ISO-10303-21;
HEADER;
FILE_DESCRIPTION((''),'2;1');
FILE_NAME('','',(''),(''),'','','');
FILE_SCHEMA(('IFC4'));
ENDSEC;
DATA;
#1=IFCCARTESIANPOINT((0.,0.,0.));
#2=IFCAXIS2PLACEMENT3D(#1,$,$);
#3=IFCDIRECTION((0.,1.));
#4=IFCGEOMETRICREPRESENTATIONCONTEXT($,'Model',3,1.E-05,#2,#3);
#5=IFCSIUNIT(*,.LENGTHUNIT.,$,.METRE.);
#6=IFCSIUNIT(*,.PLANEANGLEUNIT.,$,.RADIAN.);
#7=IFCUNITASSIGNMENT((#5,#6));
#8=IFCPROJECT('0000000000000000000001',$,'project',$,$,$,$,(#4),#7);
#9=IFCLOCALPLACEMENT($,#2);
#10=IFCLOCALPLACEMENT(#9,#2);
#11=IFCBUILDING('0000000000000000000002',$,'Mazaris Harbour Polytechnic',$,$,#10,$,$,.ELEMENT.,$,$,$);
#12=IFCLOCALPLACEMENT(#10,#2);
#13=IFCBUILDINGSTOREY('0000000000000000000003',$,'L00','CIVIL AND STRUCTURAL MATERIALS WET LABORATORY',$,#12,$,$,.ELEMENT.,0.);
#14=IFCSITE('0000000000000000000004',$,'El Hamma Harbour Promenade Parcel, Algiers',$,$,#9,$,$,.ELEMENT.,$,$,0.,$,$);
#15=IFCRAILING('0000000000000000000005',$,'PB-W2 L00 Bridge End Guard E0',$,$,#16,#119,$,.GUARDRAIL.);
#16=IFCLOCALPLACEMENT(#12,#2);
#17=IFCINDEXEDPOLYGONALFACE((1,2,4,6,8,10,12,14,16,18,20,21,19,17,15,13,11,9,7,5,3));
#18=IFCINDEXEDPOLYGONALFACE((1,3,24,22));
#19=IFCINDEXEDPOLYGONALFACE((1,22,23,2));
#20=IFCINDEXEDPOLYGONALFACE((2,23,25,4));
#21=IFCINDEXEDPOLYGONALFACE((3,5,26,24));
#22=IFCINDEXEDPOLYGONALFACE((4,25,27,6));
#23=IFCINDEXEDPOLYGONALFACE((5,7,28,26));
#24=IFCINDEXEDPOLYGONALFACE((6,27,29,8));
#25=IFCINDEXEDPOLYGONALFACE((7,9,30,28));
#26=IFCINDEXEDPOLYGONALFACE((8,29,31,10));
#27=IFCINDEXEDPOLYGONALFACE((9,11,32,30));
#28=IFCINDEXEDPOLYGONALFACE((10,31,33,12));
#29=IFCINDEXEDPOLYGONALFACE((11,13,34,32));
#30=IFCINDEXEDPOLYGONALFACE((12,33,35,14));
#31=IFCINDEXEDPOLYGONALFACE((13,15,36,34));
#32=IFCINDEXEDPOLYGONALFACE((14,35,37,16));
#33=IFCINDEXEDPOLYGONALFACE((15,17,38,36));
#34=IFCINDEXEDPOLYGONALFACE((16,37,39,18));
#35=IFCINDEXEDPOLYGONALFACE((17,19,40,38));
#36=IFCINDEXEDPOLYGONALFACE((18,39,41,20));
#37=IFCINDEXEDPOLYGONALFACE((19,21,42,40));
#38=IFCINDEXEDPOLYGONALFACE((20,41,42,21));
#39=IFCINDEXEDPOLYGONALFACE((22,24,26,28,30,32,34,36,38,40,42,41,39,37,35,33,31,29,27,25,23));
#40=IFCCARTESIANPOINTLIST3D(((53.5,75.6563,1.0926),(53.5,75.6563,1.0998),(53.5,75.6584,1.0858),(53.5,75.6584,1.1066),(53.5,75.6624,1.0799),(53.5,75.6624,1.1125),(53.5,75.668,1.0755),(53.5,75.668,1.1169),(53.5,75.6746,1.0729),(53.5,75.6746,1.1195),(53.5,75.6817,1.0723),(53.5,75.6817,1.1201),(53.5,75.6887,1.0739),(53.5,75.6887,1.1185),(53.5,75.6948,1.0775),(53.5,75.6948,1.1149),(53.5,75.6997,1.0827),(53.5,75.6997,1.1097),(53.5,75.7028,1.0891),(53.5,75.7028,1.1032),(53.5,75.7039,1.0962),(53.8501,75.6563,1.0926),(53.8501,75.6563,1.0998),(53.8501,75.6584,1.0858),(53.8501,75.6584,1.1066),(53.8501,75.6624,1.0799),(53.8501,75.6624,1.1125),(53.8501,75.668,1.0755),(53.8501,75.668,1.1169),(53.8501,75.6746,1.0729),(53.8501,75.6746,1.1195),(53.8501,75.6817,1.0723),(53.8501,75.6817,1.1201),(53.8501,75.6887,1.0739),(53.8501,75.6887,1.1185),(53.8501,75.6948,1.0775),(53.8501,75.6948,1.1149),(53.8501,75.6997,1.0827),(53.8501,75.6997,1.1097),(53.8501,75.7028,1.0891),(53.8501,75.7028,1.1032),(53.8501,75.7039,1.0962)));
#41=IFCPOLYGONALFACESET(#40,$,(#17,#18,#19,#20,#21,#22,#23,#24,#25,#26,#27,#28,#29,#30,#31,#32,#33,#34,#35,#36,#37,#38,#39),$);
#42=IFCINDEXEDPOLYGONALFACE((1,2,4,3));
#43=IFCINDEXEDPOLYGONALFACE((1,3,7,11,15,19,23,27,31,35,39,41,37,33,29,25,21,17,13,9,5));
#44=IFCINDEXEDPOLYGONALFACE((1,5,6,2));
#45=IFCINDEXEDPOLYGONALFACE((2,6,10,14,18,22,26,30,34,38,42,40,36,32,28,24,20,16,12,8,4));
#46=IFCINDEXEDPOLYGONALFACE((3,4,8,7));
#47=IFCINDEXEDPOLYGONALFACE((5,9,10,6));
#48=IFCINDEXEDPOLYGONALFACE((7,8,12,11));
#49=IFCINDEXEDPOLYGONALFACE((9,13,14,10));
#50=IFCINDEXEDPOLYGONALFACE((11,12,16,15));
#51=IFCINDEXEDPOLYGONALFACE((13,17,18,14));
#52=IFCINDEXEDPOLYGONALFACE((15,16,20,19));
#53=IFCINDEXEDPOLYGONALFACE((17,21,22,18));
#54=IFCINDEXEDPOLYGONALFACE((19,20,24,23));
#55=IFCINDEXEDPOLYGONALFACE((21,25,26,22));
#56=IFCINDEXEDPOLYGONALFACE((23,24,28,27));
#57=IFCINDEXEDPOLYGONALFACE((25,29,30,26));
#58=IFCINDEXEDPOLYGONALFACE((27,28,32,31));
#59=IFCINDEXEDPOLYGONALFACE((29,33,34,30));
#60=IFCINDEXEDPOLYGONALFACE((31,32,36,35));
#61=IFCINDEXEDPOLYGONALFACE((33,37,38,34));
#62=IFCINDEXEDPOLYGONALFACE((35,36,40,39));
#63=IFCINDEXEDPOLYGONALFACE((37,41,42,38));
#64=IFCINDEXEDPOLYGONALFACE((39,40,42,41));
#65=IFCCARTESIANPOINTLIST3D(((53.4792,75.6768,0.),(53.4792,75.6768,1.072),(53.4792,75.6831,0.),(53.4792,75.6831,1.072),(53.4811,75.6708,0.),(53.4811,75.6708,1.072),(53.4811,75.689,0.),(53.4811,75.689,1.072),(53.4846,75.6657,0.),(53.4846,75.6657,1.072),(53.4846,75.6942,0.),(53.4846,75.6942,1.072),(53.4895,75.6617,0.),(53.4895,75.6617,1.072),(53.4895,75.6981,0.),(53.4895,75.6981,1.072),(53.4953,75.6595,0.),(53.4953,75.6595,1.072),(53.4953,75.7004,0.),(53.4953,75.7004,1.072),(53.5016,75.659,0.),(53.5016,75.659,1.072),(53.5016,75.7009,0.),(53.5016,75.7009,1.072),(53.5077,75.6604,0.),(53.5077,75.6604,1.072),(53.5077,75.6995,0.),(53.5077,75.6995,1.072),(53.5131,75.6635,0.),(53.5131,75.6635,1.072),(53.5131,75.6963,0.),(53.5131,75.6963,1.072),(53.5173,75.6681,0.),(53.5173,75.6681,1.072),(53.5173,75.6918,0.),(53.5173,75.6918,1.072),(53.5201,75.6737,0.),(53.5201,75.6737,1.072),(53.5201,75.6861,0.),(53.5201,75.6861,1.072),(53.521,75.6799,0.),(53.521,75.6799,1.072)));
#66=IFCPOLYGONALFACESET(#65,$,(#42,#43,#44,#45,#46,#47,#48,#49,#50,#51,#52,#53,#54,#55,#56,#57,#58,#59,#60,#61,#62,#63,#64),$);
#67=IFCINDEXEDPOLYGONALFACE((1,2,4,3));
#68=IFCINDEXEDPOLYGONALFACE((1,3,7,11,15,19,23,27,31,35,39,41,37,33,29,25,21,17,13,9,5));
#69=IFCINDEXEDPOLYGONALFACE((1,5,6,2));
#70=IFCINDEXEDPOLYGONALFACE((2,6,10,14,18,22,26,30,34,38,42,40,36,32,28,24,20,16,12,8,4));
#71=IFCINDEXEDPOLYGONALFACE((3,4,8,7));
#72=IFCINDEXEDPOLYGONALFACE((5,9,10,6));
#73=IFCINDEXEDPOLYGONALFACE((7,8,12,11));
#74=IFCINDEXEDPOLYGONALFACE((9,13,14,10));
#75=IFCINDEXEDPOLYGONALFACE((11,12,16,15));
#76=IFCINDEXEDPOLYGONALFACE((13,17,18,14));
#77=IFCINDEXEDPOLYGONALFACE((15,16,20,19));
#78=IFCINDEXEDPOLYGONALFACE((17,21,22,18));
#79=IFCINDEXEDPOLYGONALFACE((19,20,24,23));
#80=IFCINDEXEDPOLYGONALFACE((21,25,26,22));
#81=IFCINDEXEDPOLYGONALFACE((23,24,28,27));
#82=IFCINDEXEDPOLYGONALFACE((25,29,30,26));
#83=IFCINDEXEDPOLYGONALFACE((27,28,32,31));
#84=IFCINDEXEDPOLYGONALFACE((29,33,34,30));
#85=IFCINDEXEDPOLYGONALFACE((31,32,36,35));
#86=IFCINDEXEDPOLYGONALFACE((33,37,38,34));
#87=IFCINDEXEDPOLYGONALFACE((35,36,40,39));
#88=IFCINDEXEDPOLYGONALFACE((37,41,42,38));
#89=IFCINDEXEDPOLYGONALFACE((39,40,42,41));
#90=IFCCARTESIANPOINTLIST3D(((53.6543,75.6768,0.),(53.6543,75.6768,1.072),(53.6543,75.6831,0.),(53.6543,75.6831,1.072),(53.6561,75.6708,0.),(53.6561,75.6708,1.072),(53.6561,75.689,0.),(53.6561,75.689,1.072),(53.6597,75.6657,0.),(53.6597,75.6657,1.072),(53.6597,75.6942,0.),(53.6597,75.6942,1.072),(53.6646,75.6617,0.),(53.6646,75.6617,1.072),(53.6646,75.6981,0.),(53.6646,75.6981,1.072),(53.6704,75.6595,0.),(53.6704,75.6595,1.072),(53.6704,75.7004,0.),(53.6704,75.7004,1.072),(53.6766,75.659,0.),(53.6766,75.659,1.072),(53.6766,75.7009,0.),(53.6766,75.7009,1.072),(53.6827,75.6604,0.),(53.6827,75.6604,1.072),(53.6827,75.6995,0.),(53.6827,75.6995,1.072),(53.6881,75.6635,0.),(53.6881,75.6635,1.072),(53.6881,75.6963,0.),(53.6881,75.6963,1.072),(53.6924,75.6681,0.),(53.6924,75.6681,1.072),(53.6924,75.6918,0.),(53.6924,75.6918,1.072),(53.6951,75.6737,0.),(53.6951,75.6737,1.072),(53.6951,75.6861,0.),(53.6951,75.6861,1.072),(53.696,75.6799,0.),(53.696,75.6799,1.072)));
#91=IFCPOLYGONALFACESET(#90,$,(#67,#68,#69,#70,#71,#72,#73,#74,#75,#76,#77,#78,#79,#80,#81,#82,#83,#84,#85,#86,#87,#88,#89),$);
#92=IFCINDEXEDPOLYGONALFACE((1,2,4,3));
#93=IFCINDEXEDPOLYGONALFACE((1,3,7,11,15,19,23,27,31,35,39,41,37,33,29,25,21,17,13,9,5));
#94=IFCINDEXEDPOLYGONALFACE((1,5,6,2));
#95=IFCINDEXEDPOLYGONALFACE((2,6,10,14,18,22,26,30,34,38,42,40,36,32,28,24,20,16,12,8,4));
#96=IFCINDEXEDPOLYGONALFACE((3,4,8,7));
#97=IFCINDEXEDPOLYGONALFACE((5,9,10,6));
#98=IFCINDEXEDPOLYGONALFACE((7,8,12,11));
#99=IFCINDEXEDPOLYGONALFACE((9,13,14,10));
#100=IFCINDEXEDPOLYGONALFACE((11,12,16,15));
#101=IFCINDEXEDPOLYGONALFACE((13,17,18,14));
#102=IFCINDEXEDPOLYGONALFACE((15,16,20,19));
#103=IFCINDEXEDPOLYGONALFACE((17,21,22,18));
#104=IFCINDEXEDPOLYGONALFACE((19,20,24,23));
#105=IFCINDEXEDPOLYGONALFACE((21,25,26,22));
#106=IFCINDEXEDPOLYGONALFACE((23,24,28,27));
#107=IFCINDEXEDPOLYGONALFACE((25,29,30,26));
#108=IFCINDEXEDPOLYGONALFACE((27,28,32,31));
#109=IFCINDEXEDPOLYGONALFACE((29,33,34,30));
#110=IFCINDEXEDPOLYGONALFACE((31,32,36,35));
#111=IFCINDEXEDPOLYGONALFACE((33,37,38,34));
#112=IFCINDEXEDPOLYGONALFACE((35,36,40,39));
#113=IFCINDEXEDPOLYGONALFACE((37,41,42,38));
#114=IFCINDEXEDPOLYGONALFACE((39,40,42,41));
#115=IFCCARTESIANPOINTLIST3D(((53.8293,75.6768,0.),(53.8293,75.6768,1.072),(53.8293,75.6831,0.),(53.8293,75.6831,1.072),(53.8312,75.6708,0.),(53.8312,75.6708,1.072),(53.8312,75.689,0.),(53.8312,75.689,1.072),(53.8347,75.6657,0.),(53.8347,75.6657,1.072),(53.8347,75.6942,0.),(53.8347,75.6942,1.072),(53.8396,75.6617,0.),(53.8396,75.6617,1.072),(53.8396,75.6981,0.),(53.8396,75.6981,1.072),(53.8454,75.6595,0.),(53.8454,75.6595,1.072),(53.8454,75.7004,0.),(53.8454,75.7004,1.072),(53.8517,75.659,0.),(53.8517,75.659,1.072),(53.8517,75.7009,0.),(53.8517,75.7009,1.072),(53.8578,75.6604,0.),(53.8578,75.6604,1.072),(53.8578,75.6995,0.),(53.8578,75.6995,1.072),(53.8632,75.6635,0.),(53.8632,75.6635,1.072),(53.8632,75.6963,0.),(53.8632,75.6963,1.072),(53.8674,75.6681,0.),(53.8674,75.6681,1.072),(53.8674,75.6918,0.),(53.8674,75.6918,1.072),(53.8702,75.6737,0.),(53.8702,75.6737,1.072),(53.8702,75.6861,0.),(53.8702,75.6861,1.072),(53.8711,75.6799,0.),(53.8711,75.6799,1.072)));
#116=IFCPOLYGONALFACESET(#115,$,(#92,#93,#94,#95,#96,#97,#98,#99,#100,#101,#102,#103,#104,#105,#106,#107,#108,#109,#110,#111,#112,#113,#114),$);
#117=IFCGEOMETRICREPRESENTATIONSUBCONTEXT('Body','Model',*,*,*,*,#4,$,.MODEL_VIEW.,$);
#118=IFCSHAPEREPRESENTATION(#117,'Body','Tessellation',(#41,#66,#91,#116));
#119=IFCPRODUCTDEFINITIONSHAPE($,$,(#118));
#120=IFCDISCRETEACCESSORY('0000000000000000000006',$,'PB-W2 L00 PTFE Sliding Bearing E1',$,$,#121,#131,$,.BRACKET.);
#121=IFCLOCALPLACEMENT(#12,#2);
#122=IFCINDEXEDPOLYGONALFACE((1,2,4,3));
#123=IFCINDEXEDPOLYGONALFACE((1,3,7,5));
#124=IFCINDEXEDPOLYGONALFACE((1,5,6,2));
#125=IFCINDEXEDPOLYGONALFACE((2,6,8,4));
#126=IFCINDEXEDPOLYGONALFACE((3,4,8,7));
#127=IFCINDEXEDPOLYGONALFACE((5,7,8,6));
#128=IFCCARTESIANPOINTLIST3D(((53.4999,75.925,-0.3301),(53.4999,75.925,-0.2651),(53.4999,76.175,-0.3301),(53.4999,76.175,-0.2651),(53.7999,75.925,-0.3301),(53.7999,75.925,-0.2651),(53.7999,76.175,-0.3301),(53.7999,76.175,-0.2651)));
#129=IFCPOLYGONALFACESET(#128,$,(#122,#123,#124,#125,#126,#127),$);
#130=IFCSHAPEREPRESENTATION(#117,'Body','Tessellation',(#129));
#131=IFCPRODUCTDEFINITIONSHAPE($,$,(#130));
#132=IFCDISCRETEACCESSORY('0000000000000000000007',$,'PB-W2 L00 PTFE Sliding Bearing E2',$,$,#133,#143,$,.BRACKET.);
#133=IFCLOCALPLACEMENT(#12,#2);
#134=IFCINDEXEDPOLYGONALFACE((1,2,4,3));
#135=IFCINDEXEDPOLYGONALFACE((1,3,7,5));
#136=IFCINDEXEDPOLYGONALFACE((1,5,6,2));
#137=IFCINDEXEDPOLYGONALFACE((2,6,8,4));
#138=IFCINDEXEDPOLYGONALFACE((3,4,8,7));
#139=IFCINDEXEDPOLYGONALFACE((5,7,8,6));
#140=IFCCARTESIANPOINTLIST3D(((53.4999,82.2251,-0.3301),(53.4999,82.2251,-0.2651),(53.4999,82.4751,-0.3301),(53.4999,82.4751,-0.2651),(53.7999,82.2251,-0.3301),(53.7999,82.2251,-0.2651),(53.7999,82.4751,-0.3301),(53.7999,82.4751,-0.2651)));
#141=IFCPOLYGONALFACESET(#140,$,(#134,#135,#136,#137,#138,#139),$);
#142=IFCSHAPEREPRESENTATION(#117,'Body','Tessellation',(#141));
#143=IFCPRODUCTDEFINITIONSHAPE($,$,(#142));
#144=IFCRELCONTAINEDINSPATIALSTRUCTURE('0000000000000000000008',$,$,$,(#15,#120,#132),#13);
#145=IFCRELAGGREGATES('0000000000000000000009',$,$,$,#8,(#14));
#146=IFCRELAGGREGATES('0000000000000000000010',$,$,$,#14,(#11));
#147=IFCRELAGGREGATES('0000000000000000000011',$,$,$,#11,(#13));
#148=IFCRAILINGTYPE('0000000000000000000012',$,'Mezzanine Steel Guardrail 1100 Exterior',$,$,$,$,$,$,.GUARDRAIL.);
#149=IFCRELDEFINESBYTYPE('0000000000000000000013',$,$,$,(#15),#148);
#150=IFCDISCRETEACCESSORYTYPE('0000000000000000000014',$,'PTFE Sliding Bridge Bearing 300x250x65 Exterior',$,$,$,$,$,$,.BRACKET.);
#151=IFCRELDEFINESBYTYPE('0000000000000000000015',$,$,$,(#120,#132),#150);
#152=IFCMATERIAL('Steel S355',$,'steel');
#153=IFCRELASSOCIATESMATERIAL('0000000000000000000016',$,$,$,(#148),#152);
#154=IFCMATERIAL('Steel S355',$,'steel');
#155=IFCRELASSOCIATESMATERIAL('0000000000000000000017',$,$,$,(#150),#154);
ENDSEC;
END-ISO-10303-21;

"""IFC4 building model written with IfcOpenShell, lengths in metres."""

from ifc_helpers import new_model, si_unit, direction, frame, origin, origin_2d, place, context, subcontext, project, spatial, rectangle, circle, extrude, material, type_object, element, save


model = new_model("IFC4")

# Units and contexts
model_context = context("Model", 3, precision=1e-05, world=origin(), true_north=direction((0.0, 1.0)))
body_context = subcontext(model_context, "Body", "Model", "MODEL_VIEW")
ifc_project = project(units=[si_unit("LENGTHUNIT", "METRE"), si_unit("PLANEANGLEUNIT", "RADIAN")], contexts=[model_context])

# Site, building, storey
site_placement = place(None, origin())
site = spatial("IfcSite", under=ifc_project, at=site_placement, Name="El Hamma Harbour Promenade Parcel, Algiers", CompositionType="ELEMENT", RefElevation=0.0)
building_placement = place(site_placement, origin())
building = spatial("IfcBuilding", under=site, at=building_placement, Name="Mazaris Harbour Polytechnic", CompositionType="ELEMENT")
storey_placement = place(building_placement, origin())
storey = spatial("IfcBuildingStorey", under=building, at=storey_placement, Name="L00", Description="CIVIL AND STRUCTURAL MATERIALS WET LABORATORY", CompositionType="ELEMENT", Elevation=0.0)

# Railing
ifc_material_1 = material(Name="Steel S355", Category="steel")
railing_type = type_object("IfcRailingType", Name="Mezzanine Steel Guardrail 1100 Exterior", PredefinedType="GUARDRAIL", material=ifc_material_1)
railing_placement = place(storey_placement, frame((53.5, 75.6799, 0.0)))
element("IfcRailing", 1, at=railing_placement, inside=storey, type_object=railing_type, Name="PB-W2 L00 Bridge End Guard E0", PredefinedType="GUARDRAIL", context=body_context, shape_type="SweptSolid", body=[
    extrude(circle(Radius=0.0239, at=origin_2d()), frame((0.0, 0.0, 1.0962), z_axis=(1.0, 0.0, 0.0), x_axis=(0.0, 1.0, 0.0)), (0.0, 0.0, 1.0), 0.3501),
    extrude(circle(Radius=0.021, at=origin_2d()), origin(), (0.0, 0.0, 1.0), 1.072),
    extrude(circle(Radius=0.021, at=origin_2d()), frame((0.175, 0.0, 0.0)), (0.0, 0.0, 1.0), 1.072),
    extrude(circle(Radius=0.021, at=origin_2d()), frame((0.3501, 0.0, 0.0)), (0.0, 0.0, 1.0), 1.072),
])

# Discrete accessories
ifc_material_2 = material(Name="Steel S355", Category="steel")
discrete_accessory_type = type_object("IfcDiscreteAccessoryType", Name="PTFE Sliding Bridge Bearing 300x250x65 Exterior", PredefinedType="BRACKET", material=ifc_material_2)
for number, where, z_axis, x_axis, name in (
    (2, (53.6499, 76.05, -0.3301), (0.0, 0.0, 1.0), (1.0, 0.0, 0.0), "PB-W2 L00 PTFE Sliding Bearing E1"),
    (3, (53.6499, 82.3501, -0.3301), (0.0, 0.0, 1.0), (1.0, 0.0, 0.0), "PB-W2 L00 PTFE Sliding Bearing E2"),
):
    element("IfcDiscreteAccessory", number, at=place(storey_placement, frame(where, z_axis=z_axis, x_axis=x_axis)), inside=storey, type_object=discrete_accessory_type, Name=name, PredefinedType="BRACKET", context=body_context, shape_type="SweptSolid", body=[
        extrude(rectangle(XDim=0.3, YDim=0.25, at=origin_2d()), origin(), (0.0, 0.0, 1.0), 0.0649),
    ])

save(model, "model.ifc")
